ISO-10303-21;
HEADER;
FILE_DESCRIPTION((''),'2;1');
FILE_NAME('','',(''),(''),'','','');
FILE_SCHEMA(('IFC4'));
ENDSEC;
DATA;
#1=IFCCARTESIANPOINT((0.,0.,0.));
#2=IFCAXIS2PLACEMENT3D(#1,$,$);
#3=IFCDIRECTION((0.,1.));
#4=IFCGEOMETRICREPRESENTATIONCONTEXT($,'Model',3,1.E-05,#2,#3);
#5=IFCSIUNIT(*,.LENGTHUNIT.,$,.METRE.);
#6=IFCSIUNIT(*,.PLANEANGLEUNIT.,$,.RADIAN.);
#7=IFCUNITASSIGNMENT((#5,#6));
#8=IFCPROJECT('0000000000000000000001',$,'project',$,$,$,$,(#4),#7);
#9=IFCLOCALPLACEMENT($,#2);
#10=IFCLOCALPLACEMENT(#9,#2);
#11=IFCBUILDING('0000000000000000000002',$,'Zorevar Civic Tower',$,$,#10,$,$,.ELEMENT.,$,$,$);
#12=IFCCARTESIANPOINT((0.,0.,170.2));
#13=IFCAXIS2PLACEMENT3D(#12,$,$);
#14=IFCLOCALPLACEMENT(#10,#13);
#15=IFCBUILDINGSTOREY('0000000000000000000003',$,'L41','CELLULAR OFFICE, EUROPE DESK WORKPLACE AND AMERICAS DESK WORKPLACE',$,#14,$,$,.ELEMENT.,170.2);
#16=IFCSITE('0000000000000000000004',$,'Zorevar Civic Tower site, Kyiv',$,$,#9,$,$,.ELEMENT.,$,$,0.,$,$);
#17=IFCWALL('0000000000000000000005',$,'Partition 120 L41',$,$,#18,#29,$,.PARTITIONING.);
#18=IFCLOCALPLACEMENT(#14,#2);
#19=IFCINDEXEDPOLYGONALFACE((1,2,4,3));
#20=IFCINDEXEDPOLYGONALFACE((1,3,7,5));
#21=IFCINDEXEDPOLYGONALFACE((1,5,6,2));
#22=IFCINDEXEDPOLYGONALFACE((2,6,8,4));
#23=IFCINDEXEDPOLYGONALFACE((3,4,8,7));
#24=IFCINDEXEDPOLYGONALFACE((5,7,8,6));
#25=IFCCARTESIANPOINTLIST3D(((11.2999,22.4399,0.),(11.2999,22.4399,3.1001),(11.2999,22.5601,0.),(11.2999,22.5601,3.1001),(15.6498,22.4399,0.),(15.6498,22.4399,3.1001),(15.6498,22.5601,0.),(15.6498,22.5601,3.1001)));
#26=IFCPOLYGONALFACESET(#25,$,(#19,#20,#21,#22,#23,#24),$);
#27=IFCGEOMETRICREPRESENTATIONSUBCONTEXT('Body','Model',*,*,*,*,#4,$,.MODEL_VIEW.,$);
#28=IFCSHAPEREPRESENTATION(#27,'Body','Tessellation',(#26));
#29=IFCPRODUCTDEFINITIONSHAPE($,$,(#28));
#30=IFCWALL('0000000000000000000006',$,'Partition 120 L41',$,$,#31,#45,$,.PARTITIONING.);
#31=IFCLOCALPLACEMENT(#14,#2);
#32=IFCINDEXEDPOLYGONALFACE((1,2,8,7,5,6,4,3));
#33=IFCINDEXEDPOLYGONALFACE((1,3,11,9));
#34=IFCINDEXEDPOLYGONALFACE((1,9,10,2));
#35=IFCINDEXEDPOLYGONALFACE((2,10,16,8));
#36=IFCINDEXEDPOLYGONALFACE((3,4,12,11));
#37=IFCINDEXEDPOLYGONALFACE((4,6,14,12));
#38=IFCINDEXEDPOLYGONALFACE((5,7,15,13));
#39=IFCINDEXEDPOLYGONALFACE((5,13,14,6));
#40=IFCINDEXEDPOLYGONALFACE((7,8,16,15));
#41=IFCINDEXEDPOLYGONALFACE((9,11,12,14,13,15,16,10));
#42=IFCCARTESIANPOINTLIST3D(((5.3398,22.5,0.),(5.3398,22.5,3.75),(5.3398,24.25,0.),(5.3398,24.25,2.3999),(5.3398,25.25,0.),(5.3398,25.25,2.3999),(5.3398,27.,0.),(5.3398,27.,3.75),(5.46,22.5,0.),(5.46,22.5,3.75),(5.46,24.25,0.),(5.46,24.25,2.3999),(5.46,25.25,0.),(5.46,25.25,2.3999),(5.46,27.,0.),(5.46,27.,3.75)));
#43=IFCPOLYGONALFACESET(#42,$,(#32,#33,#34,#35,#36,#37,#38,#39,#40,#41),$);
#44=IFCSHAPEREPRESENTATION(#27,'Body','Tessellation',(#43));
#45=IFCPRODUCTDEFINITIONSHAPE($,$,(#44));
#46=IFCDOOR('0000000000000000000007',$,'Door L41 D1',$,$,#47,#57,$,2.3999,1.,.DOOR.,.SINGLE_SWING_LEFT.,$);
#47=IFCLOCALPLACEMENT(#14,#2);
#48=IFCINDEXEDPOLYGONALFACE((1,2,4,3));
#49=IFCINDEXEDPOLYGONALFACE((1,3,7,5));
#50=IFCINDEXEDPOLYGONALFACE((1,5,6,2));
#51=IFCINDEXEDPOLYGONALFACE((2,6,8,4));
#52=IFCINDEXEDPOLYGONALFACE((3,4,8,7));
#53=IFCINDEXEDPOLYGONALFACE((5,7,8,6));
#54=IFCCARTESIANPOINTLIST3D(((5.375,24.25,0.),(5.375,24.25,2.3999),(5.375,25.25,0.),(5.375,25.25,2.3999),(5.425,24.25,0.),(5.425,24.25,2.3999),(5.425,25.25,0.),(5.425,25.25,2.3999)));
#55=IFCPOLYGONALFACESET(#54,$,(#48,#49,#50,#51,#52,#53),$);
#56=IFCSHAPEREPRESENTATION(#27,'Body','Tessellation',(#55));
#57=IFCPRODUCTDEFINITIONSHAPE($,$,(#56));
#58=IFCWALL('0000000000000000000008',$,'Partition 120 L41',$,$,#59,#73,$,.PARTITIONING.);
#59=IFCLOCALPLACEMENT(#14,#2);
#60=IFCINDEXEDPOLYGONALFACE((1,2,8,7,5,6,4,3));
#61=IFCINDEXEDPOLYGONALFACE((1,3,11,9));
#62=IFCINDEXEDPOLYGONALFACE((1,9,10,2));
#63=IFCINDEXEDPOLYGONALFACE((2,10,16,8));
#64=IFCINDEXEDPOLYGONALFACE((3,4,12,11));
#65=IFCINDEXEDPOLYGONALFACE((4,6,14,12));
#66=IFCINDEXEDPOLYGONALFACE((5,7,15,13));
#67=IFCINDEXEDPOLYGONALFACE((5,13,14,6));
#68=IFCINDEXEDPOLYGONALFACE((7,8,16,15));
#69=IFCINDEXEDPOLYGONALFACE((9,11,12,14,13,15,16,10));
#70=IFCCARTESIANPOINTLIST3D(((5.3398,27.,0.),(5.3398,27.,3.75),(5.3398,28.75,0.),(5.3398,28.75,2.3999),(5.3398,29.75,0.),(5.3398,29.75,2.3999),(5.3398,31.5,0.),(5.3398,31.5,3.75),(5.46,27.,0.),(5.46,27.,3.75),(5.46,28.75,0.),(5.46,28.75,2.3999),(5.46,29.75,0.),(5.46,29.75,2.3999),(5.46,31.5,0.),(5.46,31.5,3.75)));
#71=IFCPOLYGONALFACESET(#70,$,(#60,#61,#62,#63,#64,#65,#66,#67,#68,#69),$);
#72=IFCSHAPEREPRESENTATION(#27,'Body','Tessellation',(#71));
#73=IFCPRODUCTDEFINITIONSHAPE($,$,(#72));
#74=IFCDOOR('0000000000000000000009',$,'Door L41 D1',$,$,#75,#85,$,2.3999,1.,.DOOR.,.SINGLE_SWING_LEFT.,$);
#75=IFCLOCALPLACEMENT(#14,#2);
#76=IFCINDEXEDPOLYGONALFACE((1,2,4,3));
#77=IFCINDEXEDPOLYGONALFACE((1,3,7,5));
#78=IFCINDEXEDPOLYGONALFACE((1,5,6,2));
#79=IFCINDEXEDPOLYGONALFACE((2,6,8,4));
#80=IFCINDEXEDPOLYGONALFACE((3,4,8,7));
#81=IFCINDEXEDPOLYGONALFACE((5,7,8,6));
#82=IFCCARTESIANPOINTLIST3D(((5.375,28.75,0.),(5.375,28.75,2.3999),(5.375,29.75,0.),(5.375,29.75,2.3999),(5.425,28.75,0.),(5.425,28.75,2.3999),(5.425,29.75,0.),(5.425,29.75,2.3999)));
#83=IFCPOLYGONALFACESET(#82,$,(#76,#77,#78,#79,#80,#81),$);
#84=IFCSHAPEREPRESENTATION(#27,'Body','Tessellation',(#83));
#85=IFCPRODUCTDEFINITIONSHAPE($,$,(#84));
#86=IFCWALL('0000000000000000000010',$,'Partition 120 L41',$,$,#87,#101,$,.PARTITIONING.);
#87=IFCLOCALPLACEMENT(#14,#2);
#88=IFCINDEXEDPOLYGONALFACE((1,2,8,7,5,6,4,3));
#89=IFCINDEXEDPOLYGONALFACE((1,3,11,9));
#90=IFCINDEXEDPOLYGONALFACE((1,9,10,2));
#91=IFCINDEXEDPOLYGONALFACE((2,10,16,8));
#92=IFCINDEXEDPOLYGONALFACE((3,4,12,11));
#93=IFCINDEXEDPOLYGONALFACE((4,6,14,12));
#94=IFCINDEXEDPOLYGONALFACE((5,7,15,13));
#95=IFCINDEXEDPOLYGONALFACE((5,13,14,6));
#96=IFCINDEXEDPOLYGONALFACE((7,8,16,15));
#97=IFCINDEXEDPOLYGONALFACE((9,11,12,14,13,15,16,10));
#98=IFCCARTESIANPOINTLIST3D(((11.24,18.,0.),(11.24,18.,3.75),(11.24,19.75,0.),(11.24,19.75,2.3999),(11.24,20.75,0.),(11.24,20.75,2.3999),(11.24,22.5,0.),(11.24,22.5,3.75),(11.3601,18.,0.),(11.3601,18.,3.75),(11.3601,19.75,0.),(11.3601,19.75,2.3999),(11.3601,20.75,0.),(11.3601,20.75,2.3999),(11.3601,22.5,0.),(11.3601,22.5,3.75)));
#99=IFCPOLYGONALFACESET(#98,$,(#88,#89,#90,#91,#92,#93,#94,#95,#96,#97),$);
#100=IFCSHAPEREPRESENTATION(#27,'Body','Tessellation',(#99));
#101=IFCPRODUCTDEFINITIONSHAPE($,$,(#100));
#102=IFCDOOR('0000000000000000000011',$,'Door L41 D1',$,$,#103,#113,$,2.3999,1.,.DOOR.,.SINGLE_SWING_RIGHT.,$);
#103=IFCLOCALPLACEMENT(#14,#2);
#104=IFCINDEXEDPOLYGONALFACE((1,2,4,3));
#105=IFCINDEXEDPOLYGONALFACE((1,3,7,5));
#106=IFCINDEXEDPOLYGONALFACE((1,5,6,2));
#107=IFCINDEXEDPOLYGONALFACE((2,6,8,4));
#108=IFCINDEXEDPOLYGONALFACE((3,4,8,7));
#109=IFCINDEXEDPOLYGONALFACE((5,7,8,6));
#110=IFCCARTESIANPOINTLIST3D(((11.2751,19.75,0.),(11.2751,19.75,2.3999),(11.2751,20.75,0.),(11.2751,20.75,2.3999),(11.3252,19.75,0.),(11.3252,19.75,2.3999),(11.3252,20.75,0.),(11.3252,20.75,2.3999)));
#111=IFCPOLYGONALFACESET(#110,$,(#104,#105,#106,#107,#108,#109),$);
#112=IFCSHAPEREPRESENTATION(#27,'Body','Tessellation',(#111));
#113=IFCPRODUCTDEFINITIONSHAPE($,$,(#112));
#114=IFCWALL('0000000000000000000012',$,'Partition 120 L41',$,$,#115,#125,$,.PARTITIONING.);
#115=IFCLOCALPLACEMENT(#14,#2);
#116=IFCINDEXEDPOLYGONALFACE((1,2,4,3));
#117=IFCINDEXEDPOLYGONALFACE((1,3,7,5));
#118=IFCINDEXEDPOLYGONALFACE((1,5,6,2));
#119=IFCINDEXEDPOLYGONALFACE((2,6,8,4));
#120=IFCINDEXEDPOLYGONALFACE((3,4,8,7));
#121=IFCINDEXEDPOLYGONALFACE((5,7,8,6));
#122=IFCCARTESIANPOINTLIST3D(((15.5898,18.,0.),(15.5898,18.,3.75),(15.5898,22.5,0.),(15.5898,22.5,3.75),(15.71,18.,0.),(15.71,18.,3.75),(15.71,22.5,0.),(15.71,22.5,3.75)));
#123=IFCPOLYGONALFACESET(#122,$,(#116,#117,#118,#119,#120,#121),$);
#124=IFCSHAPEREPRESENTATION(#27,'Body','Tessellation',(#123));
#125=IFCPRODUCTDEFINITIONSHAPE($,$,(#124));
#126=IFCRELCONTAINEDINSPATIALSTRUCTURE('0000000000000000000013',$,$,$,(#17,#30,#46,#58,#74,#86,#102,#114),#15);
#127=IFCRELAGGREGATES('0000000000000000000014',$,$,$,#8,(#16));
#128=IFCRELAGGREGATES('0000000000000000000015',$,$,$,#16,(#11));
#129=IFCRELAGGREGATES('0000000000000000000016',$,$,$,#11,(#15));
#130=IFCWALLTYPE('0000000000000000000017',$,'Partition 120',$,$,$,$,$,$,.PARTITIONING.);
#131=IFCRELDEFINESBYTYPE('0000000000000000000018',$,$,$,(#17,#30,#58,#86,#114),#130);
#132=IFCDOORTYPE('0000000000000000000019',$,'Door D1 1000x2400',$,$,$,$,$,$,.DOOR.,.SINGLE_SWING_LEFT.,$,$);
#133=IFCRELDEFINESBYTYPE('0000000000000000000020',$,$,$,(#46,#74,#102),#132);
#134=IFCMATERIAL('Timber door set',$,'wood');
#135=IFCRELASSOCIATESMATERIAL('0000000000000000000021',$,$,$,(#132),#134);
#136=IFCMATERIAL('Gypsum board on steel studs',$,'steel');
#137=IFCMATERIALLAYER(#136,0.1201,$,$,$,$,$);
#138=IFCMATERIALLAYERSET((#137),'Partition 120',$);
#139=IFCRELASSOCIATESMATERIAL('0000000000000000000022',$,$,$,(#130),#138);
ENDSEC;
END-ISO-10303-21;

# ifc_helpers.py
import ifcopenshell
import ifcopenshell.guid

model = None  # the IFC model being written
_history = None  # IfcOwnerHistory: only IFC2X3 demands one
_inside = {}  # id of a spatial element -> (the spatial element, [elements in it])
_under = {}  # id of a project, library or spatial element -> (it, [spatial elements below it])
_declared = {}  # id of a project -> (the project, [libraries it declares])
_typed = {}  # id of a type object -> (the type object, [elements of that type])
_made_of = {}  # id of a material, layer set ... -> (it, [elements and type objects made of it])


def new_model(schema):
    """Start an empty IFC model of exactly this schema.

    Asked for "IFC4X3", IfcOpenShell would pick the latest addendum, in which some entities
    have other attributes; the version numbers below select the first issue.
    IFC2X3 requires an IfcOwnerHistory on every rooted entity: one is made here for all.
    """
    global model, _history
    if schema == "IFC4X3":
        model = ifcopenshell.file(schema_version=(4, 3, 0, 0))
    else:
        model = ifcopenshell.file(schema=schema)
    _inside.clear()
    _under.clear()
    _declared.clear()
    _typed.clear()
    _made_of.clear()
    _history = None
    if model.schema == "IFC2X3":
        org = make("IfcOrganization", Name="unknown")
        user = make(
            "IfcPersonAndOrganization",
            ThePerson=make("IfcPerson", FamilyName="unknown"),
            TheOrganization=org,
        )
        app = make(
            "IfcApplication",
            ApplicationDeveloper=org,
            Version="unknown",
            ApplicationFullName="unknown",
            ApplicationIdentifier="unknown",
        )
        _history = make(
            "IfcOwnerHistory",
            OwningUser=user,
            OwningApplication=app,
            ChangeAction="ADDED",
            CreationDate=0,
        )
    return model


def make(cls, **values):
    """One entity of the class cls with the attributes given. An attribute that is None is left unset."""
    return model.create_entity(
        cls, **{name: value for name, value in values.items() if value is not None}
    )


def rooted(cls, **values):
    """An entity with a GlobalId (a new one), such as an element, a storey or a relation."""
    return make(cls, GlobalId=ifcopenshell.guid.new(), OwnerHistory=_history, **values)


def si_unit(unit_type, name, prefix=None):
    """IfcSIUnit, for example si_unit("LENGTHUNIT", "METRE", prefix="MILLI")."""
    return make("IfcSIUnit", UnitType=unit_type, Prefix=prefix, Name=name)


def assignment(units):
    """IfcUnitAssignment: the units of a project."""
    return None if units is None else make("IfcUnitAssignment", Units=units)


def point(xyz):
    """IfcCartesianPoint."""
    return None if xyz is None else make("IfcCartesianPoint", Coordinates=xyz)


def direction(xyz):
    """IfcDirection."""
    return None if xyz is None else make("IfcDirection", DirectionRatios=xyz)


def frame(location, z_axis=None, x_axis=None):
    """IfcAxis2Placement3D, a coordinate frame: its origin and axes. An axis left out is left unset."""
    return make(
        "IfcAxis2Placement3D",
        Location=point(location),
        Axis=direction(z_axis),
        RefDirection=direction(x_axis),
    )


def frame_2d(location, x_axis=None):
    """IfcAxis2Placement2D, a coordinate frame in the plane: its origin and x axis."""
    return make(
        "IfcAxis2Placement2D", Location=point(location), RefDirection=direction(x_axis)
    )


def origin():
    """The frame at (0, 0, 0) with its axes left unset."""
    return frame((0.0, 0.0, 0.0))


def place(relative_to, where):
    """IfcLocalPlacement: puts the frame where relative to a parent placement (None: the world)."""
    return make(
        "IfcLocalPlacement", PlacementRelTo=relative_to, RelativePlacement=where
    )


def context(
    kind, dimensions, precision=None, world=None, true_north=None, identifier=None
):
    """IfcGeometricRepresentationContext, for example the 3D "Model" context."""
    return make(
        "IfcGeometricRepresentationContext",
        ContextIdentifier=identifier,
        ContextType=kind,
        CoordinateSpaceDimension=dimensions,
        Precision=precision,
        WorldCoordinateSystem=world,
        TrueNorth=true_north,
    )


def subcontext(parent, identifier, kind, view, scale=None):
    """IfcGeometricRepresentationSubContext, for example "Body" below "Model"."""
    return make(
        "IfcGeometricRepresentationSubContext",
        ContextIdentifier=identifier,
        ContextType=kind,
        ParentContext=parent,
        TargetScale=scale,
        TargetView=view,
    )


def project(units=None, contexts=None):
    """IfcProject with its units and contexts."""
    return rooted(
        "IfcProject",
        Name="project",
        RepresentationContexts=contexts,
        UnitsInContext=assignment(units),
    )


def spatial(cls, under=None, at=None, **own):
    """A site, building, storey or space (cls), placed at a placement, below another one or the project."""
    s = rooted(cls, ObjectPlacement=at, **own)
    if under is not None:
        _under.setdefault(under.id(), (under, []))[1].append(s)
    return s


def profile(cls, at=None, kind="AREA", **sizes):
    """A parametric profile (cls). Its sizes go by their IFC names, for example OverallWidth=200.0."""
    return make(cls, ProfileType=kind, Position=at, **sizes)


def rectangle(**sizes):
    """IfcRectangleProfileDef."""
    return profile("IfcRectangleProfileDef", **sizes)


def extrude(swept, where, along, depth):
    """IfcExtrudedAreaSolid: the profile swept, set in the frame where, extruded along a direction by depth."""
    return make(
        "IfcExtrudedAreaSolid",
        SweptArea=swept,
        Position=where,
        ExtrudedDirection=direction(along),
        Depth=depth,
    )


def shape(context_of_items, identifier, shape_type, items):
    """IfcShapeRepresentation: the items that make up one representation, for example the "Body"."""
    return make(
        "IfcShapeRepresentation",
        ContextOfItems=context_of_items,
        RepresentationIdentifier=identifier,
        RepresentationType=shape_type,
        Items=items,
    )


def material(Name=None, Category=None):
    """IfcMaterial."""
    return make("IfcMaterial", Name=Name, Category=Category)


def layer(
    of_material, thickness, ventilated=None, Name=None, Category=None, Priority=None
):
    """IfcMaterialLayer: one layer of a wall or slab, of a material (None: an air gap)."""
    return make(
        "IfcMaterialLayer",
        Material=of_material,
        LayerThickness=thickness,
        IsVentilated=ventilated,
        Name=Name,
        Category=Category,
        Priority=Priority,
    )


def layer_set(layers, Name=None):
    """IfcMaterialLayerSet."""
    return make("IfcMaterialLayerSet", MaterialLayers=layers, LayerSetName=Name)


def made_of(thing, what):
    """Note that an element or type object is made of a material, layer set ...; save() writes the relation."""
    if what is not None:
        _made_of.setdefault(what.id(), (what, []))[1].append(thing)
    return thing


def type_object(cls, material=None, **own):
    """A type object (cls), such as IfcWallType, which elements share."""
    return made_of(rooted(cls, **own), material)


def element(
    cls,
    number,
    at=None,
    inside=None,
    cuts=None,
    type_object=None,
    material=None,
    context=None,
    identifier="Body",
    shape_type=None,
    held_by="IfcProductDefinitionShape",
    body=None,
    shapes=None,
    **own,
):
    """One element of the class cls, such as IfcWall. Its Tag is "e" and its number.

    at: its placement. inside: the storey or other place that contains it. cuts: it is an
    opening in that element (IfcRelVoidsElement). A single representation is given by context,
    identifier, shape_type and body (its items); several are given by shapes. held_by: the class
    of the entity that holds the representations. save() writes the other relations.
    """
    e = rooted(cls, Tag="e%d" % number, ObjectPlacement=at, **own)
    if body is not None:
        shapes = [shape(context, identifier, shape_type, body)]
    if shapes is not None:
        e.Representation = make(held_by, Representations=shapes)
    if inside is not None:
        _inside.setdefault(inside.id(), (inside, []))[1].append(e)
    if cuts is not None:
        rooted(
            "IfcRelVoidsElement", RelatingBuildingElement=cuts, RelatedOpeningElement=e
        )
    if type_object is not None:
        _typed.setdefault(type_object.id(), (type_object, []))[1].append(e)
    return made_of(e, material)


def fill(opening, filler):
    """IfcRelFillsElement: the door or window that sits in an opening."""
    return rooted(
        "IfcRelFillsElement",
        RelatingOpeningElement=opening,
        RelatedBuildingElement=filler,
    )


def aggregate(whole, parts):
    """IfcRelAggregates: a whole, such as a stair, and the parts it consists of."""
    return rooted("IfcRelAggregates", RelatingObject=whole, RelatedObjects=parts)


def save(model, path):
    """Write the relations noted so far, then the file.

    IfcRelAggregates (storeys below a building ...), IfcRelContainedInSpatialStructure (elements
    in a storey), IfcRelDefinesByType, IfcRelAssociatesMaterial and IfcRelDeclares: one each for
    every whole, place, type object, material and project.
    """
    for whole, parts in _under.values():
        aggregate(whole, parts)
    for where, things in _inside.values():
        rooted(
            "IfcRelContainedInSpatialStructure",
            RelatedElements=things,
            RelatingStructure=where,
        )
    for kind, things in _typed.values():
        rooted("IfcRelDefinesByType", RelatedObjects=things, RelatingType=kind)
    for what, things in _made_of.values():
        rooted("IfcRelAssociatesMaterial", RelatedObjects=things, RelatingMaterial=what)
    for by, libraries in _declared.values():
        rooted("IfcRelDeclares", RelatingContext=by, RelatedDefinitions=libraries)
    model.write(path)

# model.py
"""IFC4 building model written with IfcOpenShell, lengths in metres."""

from ifc_helpers import new_model, si_unit, direction, frame, frame_2d, origin, place, context, subcontext, project, spatial, rectangle, extrude, material, layer, layer_set, type_object, element, fill, save


model = new_model("IFC4")

# Units and contexts
model_context = context("Model", 3, precision=1e-05, world=origin(), true_north=direction((0.0, 1.0)))
body_context = subcontext(model_context, "Body", "Model", "MODEL_VIEW")
ifc_project = project(units=[si_unit("LENGTHUNIT", "METRE"), si_unit("PLANEANGLEUNIT", "RADIAN")], contexts=[model_context])

# Site, building, storey
site_placement = place(None, origin())
site = spatial("IfcSite", under=ifc_project, at=site_placement, Name="Zorevar Civic Tower site, Kyiv", CompositionType="ELEMENT", RefElevation=0.0)
building_placement = place(site_placement, origin())
building = spatial("IfcBuilding", under=site, at=building_placement, Name="Zorevar Civic Tower", CompositionType="ELEMENT")
storey_placement = place(building_placement, frame((0.0, 0.0, 170.2)))
storey = spatial("IfcBuildingStorey", under=building, at=storey_placement, Name="L41", Description="CELLULAR OFFICE, EUROPE DESK WORKPLACE AND AMERICAS DESK WORKPLACE", CompositionType="ELEMENT", Elevation=170.2)

# Shared definitions
ifc_material_1 = material(Name="Timber door set", Category="wood")
door_type_1 = type_object("IfcDoorType", Name="Door D1 1000x2400", OperationType="SINGLE_SWING_LEFT", PredefinedType="DOOR", material=ifc_material_1)

# Wall
ifc_material_2 = material(Name="Gypsum board on steel studs", Category="steel")
ifc_layer_1 = layer(ifc_material_2, 0.1201)
ifc_layer_set_1 = layer_set([ifc_layer_1], Name="Partition 120")
wall_type_1 = type_object("IfcWallType", Name="Partition 120", PredefinedType="PARTITIONING", material=ifc_layer_set_1)
wall_1_placement = place(storey_placement, frame((11.3, 22.5, 0.0), z_axis=(0.0, 0.0, 1.0), x_axis=(1.0, 0.0, 0.0)))
element("IfcWall", 1, at=wall_1_placement, inside=storey, type_object=wall_type_1, Name="Partition 120 L41", PredefinedType="PARTITIONING", context=body_context, shape_type="SweptSolid", body=[
    extrude(rectangle(XDim=4.3499, YDim=0.1201, at=frame_2d((2.1748, 0.0))), origin(), (0.0, 0.0, 1.0), 3.1001),
])

# Walls, openings, doors
wall_2_placement = place(storey_placement, frame((5.3999, 22.5, 0.0), z_axis=(0.0, 0.0, 1.0), x_axis=(0.0, 1.0, 0.0)))
wall_2 = element("IfcWall", 2, at=wall_2_placement, inside=storey, type_object=wall_type_1, Name="Partition 120 L41", PredefinedType="PARTITIONING", context=body_context, shape_type="SweptSolid", body=[
    extrude(rectangle(XDim=4.5, YDim=0.1201, at=frame_2d((2.25, 0.0))), origin(), (0.0, 0.0, 1.0), 3.75),
])
opening_1_placement = place(wall_2_placement, frame((1.75, 0.0, 0.0)))
opening_1 = element("IfcOpeningElement", 3, at=opening_1_placement, cuts=wall_2, PredefinedType="OPENING", context=body_context, shape_type="SweptSolid", body=[
    extrude(rectangle(XDim=1.0, YDim=2.3999, at=frame_2d((0.5, 1.2))), frame((0.0, 0.0701, 0.0), z_axis=(0.0, -1.0, 0.0), x_axis=(1.0, 0.0, 0.0)), (0.0, 0.0, 1.0), 0.1401),
])
door_1_placement = place(opening_1_placement, origin())
door_1 = element("IfcDoor", 4, at=door_1_placement, inside=storey, type_object=door_type_1, Name="Door L41 D1", OperationType="SINGLE_SWING_LEFT", OverallHeight=2.3999, OverallWidth=1.0, PredefinedType="DOOR", context=body_context, shape_type="SweptSolid", body=[
    extrude(rectangle(XDim=1.0, YDim=2.3999, at=frame_2d((0.5, 1.2))), frame((0.0, 0.0249, 0.0), z_axis=(0.0, -1.0, 0.0), x_axis=(1.0, 0.0, 0.0)), (0.0, 0.0, 1.0), 0.05),
])
fill(opening_1, door_1)
wall_3_placement = place(storey_placement, frame((5.3999, 27.0, 0.0), z_axis=(0.0, 0.0, 1.0), x_axis=(0.0, 1.0, 0.0)))
wall_3 = element("IfcWall", 5, at=wall_3_placement, inside=storey, type_object=wall_type_1, Name="Partition 120 L41", PredefinedType="PARTITIONING", context=body_context, shape_type="SweptSolid", body=[
    extrude(rectangle(XDim=4.5, YDim=0.1201, at=frame_2d((2.25, 0.0))), origin(), (0.0, 0.0, 1.0), 3.75),
])
opening_2_placement = place(wall_3_placement, frame((1.75, 0.0, 0.0)))
opening_2 = element("IfcOpeningElement", 6, at=opening_2_placement, cuts=wall_3, PredefinedType="OPENING", context=body_context, shape_type="SweptSolid", body=[
    extrude(rectangle(XDim=1.0, YDim=2.3999, at=frame_2d((0.5, 1.2))), frame((0.0, 0.0701, 0.0), z_axis=(0.0, -1.0, 0.0), x_axis=(1.0, 0.0, 0.0)), (0.0, 0.0, 1.0), 0.1401),
])
door_2_placement = place(opening_2_placement, origin())
door_2 = element("IfcDoor", 7, at=door_2_placement, inside=storey, type_object=door_type_1, Name="Door L41 D1", OperationType="SINGLE_SWING_LEFT", OverallHeight=2.3999, OverallWidth=1.0, PredefinedType="DOOR", context=body_context, shape_type="SweptSolid", body=[
    extrude(rectangle(XDim=1.0, YDim=2.3999, at=frame_2d((0.5, 1.2))), frame((0.0, 0.0249, 0.0), z_axis=(0.0, -1.0, 0.0), x_axis=(1.0, 0.0, 0.0)), (0.0, 0.0, 1.0), 0.05),
])
fill(opening_2, door_2)
wall_4_placement = place(storey_placement, frame((11.3, 18.0, 0.0), z_axis=(0.0, 0.0, 1.0), x_axis=(0.0, 1.0, 0.0)))
wall_4 = element("IfcWall", 8, at=wall_4_placement, inside=storey, type_object=wall_type_1, Name="Partition 120 L41", PredefinedType="PARTITIONING", context=body_context, shape_type="SweptSolid", body=[
    extrude(rectangle(XDim=4.5, YDim=0.1201, at=frame_2d((2.25, 0.0))), origin(), (0.0, 0.0, 1.0), 3.75),
])
opening_3_placement = place(wall_4_placement, frame((1.75, 0.0, 0.0)))
opening_3 = element("IfcOpeningElement", 9, at=opening_3_placement, cuts=wall_4, PredefinedType="OPENING", context=body_context, shape_type="SweptSolid", body=[
    extrude(rectangle(XDim=1.0, YDim=2.3999, at=frame_2d((0.5, 1.2))), frame((0.0, 0.0701, 0.0), z_axis=(0.0, -1.0, 0.0), x_axis=(1.0, 0.0, 0.0)), (0.0, 0.0, 1.0), 0.1401),
])
door_3_placement = place(opening_3_placement, origin())
door_3 = element("IfcDoor", 10, at=door_3_placement, inside=storey, type_object=door_type_1, Name="Door L41 D1", OperationType="SINGLE_SWING_RIGHT", OverallHeight=2.3999, OverallWidth=1.0, PredefinedType="DOOR", context=body_context, shape_type="SweptSolid", body=[
    extrude(rectangle(XDim=1.0, YDim=2.3999, at=frame_2d((0.5, 1.2))), frame((0.0, 0.0249, 0.0), z_axis=(0.0, -1.0, 0.0), x_axis=(1.0, 0.0, 0.0)), (0.0, 0.0, 1.0), 0.05),
])
fill(opening_3, door_3)

# Wall
wall_5_placement = place(storey_placement, frame((15.6499, 18.0, 0.0), z_axis=(0.0, 0.0, 1.0), x_axis=(0.0, 1.0, 0.0)))
element("IfcWall", 11, at=wall_5_placement, inside=storey, type_object=wall_type_1, Name="Partition 120 L41", PredefinedType="PARTITIONING", context=body_context, shape_type="SweptSolid", body=[
    extrude(rectangle(XDim=4.5, YDim=0.1201, at=frame_2d((2.25, 0.0))), origin(), (0.0, 0.0, 1.0), 3.75),
])

save(model, "model.ifc")
